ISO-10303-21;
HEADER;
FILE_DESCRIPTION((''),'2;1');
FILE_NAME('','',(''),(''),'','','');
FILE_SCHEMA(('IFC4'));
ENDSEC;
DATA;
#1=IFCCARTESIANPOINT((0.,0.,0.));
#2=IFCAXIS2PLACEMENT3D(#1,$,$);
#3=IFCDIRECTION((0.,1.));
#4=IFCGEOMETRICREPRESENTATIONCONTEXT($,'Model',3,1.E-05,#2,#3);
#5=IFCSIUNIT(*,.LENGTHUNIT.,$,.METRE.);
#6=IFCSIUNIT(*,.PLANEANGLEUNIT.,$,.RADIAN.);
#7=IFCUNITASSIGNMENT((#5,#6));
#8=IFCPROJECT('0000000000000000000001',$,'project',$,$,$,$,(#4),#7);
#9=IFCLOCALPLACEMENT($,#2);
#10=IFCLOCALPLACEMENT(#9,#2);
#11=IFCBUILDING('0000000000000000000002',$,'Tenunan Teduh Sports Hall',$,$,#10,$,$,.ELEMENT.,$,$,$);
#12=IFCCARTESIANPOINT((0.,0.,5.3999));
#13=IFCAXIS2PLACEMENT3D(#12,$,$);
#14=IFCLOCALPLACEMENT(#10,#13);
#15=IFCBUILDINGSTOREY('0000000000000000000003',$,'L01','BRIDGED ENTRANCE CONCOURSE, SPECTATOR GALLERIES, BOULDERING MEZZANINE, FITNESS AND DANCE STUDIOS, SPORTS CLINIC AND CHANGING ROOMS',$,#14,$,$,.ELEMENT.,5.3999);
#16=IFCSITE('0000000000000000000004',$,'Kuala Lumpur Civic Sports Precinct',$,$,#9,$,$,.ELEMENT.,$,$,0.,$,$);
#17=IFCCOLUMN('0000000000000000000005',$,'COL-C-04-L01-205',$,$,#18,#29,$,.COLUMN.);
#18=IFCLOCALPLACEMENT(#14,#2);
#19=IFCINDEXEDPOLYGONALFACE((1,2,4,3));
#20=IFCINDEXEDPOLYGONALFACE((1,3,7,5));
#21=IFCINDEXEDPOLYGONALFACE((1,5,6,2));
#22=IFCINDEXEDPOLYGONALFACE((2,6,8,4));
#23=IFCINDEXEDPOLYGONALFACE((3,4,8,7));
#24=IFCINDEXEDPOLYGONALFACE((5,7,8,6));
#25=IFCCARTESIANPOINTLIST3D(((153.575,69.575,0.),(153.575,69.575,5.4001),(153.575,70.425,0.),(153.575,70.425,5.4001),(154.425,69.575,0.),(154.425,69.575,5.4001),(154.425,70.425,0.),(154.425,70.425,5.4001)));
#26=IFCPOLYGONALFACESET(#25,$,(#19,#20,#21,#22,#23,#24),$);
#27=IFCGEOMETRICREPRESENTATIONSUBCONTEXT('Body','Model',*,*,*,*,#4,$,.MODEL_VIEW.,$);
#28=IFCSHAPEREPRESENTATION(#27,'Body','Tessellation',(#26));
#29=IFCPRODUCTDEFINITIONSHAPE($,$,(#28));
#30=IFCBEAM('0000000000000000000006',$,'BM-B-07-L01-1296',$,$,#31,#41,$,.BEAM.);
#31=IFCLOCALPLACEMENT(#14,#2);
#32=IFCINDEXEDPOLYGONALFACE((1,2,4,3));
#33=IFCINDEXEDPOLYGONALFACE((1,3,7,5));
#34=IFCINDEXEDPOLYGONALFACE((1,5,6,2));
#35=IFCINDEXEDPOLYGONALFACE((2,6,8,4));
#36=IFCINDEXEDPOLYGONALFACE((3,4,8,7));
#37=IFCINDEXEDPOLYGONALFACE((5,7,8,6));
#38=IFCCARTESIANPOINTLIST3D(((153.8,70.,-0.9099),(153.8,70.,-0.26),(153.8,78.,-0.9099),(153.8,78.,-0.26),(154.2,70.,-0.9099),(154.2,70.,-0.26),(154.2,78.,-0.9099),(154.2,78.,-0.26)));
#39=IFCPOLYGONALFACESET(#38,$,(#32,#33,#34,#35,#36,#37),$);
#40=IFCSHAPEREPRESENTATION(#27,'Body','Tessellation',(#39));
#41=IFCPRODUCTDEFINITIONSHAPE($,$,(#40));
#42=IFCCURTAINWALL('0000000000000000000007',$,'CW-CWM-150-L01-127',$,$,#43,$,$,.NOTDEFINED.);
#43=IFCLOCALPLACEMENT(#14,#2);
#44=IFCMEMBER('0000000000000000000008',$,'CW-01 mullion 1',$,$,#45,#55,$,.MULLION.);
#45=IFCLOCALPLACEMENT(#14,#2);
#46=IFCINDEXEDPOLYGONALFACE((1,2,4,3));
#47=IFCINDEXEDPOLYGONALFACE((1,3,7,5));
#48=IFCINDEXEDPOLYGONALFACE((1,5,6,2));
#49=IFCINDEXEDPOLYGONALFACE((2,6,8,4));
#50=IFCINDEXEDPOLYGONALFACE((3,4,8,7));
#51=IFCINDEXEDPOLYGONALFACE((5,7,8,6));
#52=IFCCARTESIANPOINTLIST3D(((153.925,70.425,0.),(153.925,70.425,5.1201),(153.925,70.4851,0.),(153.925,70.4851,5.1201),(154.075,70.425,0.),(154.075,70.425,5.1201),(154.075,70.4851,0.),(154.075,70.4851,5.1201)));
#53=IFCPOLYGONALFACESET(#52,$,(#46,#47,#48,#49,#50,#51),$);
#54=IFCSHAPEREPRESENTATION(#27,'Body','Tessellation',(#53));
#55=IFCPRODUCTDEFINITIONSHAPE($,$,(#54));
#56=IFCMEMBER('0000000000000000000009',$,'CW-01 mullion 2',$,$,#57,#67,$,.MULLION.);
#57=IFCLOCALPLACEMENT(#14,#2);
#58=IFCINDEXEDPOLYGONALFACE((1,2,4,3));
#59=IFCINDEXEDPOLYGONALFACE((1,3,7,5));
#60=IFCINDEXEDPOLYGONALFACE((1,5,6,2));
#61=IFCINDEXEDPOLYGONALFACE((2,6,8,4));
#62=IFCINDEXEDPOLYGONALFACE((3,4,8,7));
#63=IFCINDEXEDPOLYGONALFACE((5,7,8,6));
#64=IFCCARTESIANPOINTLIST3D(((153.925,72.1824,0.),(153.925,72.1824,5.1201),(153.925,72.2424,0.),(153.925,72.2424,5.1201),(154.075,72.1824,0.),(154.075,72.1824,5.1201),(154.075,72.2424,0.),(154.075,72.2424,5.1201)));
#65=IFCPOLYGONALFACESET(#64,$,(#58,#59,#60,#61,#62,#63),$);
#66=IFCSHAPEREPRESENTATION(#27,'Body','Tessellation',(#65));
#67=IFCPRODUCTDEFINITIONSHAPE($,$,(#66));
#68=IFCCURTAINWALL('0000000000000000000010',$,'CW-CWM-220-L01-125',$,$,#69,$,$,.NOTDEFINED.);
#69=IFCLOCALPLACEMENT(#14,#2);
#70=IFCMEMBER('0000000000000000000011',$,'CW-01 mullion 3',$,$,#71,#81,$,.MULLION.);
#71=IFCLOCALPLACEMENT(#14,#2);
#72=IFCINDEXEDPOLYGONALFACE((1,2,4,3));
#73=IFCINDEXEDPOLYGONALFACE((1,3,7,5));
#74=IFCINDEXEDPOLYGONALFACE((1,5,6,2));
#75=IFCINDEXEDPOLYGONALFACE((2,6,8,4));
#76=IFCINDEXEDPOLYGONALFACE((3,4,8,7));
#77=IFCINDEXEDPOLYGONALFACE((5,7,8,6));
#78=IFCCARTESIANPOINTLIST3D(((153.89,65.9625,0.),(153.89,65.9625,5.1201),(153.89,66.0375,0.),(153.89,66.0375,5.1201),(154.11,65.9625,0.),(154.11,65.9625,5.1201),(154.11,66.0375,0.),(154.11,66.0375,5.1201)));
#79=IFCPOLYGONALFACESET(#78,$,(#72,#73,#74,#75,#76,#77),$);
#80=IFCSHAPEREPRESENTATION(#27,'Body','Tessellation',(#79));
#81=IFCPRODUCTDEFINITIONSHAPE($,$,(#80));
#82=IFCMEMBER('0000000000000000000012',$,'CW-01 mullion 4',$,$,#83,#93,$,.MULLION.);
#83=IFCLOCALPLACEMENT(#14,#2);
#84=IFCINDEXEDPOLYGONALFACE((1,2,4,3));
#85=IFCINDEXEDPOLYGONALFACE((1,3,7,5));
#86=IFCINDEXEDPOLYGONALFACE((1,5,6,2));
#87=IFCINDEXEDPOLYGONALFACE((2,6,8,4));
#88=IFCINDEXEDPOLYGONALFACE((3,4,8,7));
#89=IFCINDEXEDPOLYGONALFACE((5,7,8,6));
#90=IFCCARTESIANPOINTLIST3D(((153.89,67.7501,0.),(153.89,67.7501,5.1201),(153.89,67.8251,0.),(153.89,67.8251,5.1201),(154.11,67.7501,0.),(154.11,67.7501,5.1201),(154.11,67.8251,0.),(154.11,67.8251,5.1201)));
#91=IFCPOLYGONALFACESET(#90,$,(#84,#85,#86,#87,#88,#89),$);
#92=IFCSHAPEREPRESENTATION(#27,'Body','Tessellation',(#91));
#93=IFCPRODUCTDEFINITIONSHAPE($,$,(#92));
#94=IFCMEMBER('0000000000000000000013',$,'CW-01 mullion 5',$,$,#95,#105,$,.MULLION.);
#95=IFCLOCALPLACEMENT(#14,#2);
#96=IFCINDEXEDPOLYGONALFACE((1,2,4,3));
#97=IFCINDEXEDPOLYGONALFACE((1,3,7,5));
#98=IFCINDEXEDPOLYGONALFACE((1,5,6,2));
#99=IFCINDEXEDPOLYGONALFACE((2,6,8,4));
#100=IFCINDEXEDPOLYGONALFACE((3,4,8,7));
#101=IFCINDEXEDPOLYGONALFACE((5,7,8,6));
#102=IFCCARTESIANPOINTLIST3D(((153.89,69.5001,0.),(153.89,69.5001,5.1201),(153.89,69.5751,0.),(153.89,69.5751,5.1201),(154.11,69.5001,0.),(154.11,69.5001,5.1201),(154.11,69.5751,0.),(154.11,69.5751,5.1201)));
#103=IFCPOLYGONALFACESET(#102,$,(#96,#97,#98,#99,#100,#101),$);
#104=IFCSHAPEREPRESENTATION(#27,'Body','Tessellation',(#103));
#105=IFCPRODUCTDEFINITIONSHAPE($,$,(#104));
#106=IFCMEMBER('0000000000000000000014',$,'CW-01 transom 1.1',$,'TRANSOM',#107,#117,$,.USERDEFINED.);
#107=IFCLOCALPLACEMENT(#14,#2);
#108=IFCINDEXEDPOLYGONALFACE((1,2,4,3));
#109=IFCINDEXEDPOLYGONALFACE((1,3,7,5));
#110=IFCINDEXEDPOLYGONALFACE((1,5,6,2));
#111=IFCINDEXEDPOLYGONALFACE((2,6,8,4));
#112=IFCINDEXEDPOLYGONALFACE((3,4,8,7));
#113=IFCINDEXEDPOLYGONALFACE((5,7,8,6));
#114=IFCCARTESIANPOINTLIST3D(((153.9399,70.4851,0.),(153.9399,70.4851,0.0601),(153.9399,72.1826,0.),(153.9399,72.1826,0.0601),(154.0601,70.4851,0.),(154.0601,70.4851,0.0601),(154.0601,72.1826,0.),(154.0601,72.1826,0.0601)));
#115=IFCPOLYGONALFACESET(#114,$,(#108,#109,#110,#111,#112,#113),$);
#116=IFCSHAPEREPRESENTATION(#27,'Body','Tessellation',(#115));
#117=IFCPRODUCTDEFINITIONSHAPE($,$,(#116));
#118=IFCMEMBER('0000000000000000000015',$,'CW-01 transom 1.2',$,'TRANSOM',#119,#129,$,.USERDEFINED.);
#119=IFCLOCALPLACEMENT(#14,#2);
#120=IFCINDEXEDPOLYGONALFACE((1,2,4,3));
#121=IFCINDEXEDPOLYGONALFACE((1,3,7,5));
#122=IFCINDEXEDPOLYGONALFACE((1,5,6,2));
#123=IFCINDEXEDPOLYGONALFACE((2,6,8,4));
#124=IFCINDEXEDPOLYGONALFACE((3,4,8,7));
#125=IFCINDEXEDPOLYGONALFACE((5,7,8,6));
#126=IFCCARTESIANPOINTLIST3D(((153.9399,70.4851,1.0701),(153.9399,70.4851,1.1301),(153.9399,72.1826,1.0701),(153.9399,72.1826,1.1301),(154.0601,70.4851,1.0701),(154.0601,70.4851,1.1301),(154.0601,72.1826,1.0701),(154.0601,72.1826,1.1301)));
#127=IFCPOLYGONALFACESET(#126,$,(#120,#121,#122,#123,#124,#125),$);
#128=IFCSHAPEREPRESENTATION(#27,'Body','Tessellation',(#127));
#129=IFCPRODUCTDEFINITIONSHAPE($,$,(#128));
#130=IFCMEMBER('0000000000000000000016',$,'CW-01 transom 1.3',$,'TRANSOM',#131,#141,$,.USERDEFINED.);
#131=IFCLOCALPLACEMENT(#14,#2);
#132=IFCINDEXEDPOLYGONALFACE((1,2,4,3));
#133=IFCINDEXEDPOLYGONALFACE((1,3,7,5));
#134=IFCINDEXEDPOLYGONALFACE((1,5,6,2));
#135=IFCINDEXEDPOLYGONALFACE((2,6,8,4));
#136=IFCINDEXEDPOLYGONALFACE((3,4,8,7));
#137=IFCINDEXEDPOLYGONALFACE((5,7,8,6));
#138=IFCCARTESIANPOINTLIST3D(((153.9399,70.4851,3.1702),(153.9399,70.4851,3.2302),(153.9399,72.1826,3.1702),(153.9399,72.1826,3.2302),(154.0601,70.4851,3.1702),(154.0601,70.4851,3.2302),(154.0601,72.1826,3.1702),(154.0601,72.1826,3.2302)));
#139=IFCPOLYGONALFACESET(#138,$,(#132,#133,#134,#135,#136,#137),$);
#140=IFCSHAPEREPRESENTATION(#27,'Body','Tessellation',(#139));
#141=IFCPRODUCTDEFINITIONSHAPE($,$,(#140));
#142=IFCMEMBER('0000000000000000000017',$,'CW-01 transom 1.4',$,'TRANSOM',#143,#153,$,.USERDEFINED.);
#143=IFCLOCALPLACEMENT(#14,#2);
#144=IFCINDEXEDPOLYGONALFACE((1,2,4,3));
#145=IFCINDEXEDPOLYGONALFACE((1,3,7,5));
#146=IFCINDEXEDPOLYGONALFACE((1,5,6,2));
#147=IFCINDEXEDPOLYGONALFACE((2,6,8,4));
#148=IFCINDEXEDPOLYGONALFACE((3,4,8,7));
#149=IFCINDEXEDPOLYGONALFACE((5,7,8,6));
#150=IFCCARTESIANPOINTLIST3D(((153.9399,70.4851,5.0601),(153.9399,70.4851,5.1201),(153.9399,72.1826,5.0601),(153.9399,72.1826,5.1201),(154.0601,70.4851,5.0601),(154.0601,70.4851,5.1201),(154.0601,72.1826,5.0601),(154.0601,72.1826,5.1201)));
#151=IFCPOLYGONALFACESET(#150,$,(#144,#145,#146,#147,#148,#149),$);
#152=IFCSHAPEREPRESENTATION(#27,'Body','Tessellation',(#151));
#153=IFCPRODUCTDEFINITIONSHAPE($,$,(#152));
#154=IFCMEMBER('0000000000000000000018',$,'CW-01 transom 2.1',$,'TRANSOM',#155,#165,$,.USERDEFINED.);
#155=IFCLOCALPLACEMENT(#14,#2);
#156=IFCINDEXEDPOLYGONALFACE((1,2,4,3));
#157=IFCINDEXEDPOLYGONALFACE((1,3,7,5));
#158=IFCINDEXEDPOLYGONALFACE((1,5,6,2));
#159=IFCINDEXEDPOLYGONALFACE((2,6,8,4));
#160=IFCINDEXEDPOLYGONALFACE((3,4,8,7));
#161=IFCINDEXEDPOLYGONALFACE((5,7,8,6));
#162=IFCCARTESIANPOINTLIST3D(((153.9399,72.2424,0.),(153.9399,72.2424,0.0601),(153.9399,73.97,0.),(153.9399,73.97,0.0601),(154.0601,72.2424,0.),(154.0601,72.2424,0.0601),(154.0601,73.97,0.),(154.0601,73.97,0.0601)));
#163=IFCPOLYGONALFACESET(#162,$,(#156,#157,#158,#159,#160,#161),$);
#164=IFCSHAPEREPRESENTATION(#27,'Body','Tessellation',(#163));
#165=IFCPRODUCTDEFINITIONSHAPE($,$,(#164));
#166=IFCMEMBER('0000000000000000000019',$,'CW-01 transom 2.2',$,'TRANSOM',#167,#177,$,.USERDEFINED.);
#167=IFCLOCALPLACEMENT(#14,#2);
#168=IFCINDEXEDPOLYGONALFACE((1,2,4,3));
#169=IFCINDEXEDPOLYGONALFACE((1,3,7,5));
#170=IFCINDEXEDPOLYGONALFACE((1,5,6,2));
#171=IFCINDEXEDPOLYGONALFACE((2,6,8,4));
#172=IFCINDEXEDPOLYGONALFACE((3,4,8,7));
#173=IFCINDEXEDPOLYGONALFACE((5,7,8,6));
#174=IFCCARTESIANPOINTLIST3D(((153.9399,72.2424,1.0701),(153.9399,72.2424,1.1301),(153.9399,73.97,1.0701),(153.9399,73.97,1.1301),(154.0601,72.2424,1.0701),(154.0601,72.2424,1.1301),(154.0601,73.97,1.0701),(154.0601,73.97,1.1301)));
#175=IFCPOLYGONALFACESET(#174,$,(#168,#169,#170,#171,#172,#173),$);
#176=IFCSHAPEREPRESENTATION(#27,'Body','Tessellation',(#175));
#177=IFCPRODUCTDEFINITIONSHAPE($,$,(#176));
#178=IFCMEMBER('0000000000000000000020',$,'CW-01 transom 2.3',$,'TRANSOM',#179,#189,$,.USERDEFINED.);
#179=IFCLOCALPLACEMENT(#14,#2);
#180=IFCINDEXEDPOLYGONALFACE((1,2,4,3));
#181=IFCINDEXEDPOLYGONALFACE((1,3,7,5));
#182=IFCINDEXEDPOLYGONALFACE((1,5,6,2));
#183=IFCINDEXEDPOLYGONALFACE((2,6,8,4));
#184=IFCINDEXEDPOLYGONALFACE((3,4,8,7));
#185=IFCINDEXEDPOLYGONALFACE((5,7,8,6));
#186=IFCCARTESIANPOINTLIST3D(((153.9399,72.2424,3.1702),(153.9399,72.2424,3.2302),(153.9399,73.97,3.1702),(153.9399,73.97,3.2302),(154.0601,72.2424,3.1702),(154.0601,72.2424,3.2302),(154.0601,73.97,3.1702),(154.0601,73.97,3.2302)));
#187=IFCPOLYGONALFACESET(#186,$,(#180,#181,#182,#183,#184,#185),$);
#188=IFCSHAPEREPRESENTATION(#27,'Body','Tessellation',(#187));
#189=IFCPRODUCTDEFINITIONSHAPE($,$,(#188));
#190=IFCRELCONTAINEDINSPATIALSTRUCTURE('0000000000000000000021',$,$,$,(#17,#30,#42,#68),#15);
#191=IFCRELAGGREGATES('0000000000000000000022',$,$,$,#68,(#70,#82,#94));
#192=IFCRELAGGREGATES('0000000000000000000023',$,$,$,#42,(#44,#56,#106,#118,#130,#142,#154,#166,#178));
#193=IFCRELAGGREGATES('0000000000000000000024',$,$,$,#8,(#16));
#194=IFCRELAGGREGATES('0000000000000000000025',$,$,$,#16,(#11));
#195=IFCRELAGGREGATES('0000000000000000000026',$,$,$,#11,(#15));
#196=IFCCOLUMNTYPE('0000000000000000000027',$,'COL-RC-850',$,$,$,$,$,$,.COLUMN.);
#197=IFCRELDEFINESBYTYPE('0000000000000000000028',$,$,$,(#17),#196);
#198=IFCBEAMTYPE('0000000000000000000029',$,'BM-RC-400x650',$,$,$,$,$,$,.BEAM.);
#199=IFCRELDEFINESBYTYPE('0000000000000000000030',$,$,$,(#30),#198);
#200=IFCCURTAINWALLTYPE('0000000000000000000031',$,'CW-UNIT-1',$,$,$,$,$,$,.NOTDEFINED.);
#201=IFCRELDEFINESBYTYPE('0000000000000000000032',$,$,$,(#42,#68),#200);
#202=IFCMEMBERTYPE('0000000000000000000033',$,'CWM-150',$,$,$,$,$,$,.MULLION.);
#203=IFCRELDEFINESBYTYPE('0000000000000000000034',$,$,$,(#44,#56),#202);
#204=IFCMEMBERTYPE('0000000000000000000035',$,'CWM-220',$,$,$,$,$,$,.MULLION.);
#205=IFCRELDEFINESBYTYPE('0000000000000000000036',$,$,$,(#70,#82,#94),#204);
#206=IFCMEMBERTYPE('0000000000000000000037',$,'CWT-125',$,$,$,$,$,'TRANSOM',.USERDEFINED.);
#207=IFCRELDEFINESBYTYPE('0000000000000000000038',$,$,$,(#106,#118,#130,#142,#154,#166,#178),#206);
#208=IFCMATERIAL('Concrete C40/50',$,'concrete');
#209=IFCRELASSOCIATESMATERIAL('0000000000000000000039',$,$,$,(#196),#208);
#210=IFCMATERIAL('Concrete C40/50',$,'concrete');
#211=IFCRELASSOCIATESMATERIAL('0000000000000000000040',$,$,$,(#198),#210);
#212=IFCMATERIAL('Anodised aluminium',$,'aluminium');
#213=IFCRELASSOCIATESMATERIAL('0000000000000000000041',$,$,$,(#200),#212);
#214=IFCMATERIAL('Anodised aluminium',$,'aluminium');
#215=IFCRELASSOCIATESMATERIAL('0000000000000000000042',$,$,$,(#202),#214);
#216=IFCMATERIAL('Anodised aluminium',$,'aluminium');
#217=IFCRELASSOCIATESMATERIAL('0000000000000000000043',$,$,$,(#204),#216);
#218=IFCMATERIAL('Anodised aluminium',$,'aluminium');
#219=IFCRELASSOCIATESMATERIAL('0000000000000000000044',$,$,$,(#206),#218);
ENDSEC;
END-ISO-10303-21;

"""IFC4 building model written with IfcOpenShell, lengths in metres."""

from ifc_helpers import new_model, si_unit, direction, frame, origin, origin_2d, place, context, subcontext, project, spatial, rectangle, extrude, material, material_profile, profile_set, type_object, element, aggregate, save


model = new_model("IFC4")

# Units and contexts
model_context = context("Model", 3, precision=1e-05, world=origin(), true_north=direction((0.0, 1.0)))
body_context = subcontext(model_context, "Body", "Model", "MODEL_VIEW")
ifc_project = project(units=[si_unit("LENGTHUNIT", "METRE"), si_unit("PLANEANGLEUNIT", "RADIAN")], contexts=[model_context])

# Site, building, storey
site_placement = place(None, origin())
site = spatial("IfcSite", under=ifc_project, at=site_placement, Name="Kuala Lumpur Civic Sports Precinct", CompositionType="ELEMENT", RefElevation=0.0)
building_placement = place(site_placement, origin())
building = spatial("IfcBuilding", under=site, at=building_placement, Name="Tenunan Teduh Sports Hall", CompositionType="ELEMENT")
storey_placement = place(building_placement, frame((0.0, 0.0, 5.3999)))
storey = spatial("IfcBuildingStorey", under=building, at=storey_placement, Name="L01", Description="BRIDGED ENTRANCE CONCOURSE, SPECTATOR GALLERIES, BOULDERING MEZZANINE, FITNESS AND DANCE STUDIOS, SPORTS CLINIC AND CHANGING ROOMS", CompositionType="ELEMENT", Elevation=5.3999)

# Column
ifc_material_1 = material(Name="Concrete C40/50", Category="concrete")
ifc_material_profile_1 = material_profile(ifc_material_1, rectangle(XDim=0.8501, YDim=0.8501, at=origin_2d()), Name="RC 850x850")
ifc_profile_set_1 = profile_set([ifc_material_profile_1], Name="Concrete C40/50")
column_type = type_object("IfcColumnType", Name="COL-RC-850", PredefinedType="COLUMN", material=ifc_profile_set_1)
column_placement = place(storey_placement, frame((154.0, 70.0, 0.0), z_axis=(0.0, 0.0, 1.0), x_axis=(1.0, 0.0, 0.0)))
element("IfcColumn", 1, at=column_placement, inside=storey, type_object=column_type, Name="COL-C-04-L01-205", PredefinedType="COLUMN", context=body_context, shape_type="SweptSolid", body=[
    extrude(rectangle(XDim=0.8501, YDim=0.8501, at=origin_2d()), origin(), (0.0, 0.0, 1.0), 5.4001),
])

# Beam
ifc_material_2 = material(Name="Concrete C40/50", Category="concrete")
ifc_material_profile_2 = material_profile(ifc_material_2, rectangle(XDim=0.3999, YDim=0.6499, at=origin_2d()), Name="RCB 400x650")
ifc_profile_set_2 = profile_set([ifc_material_profile_2], Name="Concrete C40/50")
beam_type = type_object("IfcBeamType", Name="BM-RC-400x650", PredefinedType="BEAM", material=ifc_profile_set_2)
beam_placement = place(storey_placement, frame((154.0, 70.0, -0.585), z_axis=(0.0, 1.0, 0.0), x_axis=(-1.0, 0.0, 0.0)))
element("IfcBeam", 2, at=beam_placement, inside=storey, type_object=beam_type, Name="BM-B-07-L01-1296", PredefinedType="BEAM", context=body_context, shape_type="SweptSolid", body=[
    extrude(rectangle(XDim=0.3999, YDim=0.6499, at=origin_2d()), origin(), (0.0, 0.0, 1.0), 8.0),
])

# Curtain walls, members
ifc_material_3 = material(Name="Anodised aluminium", Category="aluminium")
curtain_wall_type = type_object("IfcCurtainWallType", Name="CW-UNIT-1", PredefinedType="NOTDEFINED", material=ifc_material_3)
curtain_wall_1_placement = place(storey_placement, origin())
curtain_wall_1 = element("IfcCurtainWall", 3, at=curtain_wall_1_placement, inside=storey, type_object=curtain_wall_type, Name="CW-CWM-150-L01-127", PredefinedType="NOTDEFINED")
ifc_material_4 = material(Name="Anodised aluminium", Category="aluminium")
ifc_material_profile_3 = material_profile(ifc_material_4, rectangle(XDim=0.0601, YDim=0.1499, at=origin_2d()), Name="CWM 60x150")
ifc_profile_set_3 = profile_set([ifc_material_profile_3], Name="Anodised aluminium")
member_type_1 = type_object("IfcMemberType", Name="CWM-150", PredefinedType="MULLION", material=ifc_profile_set_3)
member_1_placement = place(storey_placement, frame((154.0, 70.4551, 0.0), z_axis=(0.0, 0.0, 1.0), x_axis=(0.0, 1.0, 0.0)))
member_1 = element("IfcMember", 4, at=member_1_placement, type_object=member_type_1, Name="CW-01 mullion 1", PredefinedType="MULLION", context=body_context, shape_type="SweptSolid", body=[
    extrude(rectangle(XDim=0.0601, YDim=0.1499, at=origin_2d()), origin(), (0.0, 0.0, 1.0), 5.1201),
])
member_2_placement = place(storey_placement, frame((154.0, 72.2124, 0.0), z_axis=(0.0, 0.0, 1.0), x_axis=(0.0, 1.0, 0.0)))
member_2 = element("IfcMember", 5, at=member_2_placement, type_object=member_type_1, Name="CW-01 mullion 2", PredefinedType="MULLION", context=body_context, shape_type="SweptSolid", body=[
    extrude(rectangle(XDim=0.0601, YDim=0.1499, at=origin_2d()), origin(), (0.0, 0.0, 1.0), 5.1201),
])
curtain_wall_2_placement = place(storey_placement, origin())
curtain_wall_2 = element("IfcCurtainWall", 6, at=curtain_wall_2_placement, inside=storey, type_object=curtain_wall_type, Name="CW-CWM-220-L01-125", PredefinedType="NOTDEFINED")
ifc_material_5 = material(Name="Anodised aluminium", Category="aluminium")
ifc_material_profile_4 = material_profile(ifc_material_5, rectangle(XDim=0.075, YDim=0.22, at=origin_2d()), Name="CWM 75x220")
ifc_profile_set_4 = profile_set([ifc_material_profile_4], Name="Anodised aluminium")
member_type_2 = type_object("IfcMemberType", Name="CWM-220", PredefinedType="MULLION", material=ifc_profile_set_4)
member_3_placement = place(storey_placement, frame((154.0, 66.0, 0.0), z_axis=(0.0, 0.0, 1.0), x_axis=(0.0, 1.0, 0.0)))
member_3 = element("IfcMember", 7, at=member_3_placement, type_object=member_type_2, Name="CW-01 mullion 3", PredefinedType="MULLION", context=body_context, shape_type="SweptSolid", body=[
    extrude(rectangle(XDim=0.075, YDim=0.22, at=origin_2d()), origin(), (0.0, 0.0, 1.0), 5.1201),
])
member_4_placement = place(storey_placement, frame((154.0, 67.7876, 0.0), z_axis=(0.0, 0.0, 1.0), x_axis=(0.0, 1.0, 0.0)))
member_4 = element("IfcMember", 8, at=member_4_placement, type_object=member_type_2, Name="CW-01 mullion 4", PredefinedType="MULLION", context=body_context, shape_type="SweptSolid", body=[
    extrude(rectangle(XDim=0.075, YDim=0.22, at=origin_2d()), origin(), (0.0, 0.0, 1.0), 5.1201),
])
member_5_placement = place(storey_placement, frame((154.0, 69.5376, 0.0), z_axis=(0.0, 0.0, 1.0), x_axis=(0.0, 1.0, 0.0)))
member_5 = element("IfcMember", 9, at=member_5_placement, type_object=member_type_2, Name="CW-01 mullion 5", PredefinedType="MULLION", context=body_context, shape_type="SweptSolid", body=[
    extrude(rectangle(XDim=0.075, YDim=0.22, at=origin_2d()), origin(), (0.0, 0.0, 1.0), 5.1201),
])

# Members
ifc_material_6 = material(Name="Anodised aluminium", Category="aluminium")
ifc_material_profile_5 = material_profile(ifc_material_6, rectangle(XDim=0.0601, YDim=0.1201, at=origin_2d()), Name="CWT 60x120")
ifc_profile_set_5 = profile_set([ifc_material_profile_5], Name="Anodised aluminium")
member_type_3 = type_object("IfcMemberType", Name="CWT-125", ElementType="TRANSOM", PredefinedType="USERDEFINED", material=ifc_profile_set_5)
member_6_placement = place(storey_placement, frame((154.0, 70.4851, 0.03), z_axis=(0.0, 1.0, 0.0), x_axis=(0.0, 0.0, 1.0)))
member_6 = element("IfcMember", 10, at=member_6_placement, type_object=member_type_3, Name="CW-01 transom 1.1", ObjectType="TRANSOM", PredefinedType="USERDEFINED", context=body_context, shape_type="SweptSolid", body=[
    extrude(rectangle(XDim=0.0601, YDim=0.1201, at=origin_2d()), origin(), (0.0, 0.0, 1.0), 1.6975),
])
member_7_placement = place(storey_placement, frame((154.0, 70.4851, 1.1001), z_axis=(0.0, 1.0, 0.0), x_axis=(0.0, 0.0, 1.0)))
member_7 = element("IfcMember", 11, at=member_7_placement, type_object=member_type_3, Name="CW-01 transom 1.2", ObjectType="TRANSOM", PredefinedType="USERDEFINED", context=body_context, shape_type="SweptSolid", body=[
    extrude(rectangle(XDim=0.0601, YDim=0.1201, at=origin_2d()), origin(), (0.0, 0.0, 1.0), 1.6975),
])
member_8_placement = place(storey_placement, frame((154.0, 70.4851, 3.2002), z_axis=(0.0, 1.0, 0.0), x_axis=(0.0, 0.0, 1.0)))
member_8 = element("IfcMember", 12, at=member_8_placement, type_object=member_type_3, Name="CW-01 transom 1.3", ObjectType="TRANSOM", PredefinedType="USERDEFINED", context=body_context, shape_type="SweptSolid", body=[
    extrude(rectangle(XDim=0.0601, YDim=0.1201, at=origin_2d()), origin(), (0.0, 0.0, 1.0), 1.6975),
])
member_9_placement = place(storey_placement, frame((154.0, 70.4851, 5.0901), z_axis=(0.0, 1.0, 0.0), x_axis=(0.0, 0.0, 1.0)))
member_9 = element("IfcMember", 13, at=member_9_placement, type_object=member_type_3, Name="CW-01 transom 1.4", ObjectType="TRANSOM", PredefinedType="USERDEFINED", context=body_context, shape_type="SweptSolid", body=[
    extrude(rectangle(XDim=0.0601, YDim=0.1201, at=origin_2d()), origin(), (0.0, 0.0, 1.0), 1.6975),
])
member_10_placement = place(storey_placement, frame((154.0, 72.2424, 0.03), z_axis=(0.0, 1.0, 0.0), x_axis=(0.0, 0.0, 1.0)))
member_10 = element("IfcMember", 14, at=member_10_placement, type_object=member_type_3, Name="CW-01 transom 2.1", ObjectType="TRANSOM", PredefinedType="USERDEFINED", context=body_context, shape_type="SweptSolid", body=[
    extrude(rectangle(XDim=0.0601, YDim=0.1201, at=origin_2d()), origin(), (0.0, 0.0, 1.0), 1.7275),
])
member_11_placement = place(storey_placement, frame((154.0, 72.2424, 1.1001), z_axis=(0.0, 1.0, 0.0), x_axis=(0.0, 0.0, 1.0)))
member_11 = element("IfcMember", 15, at=member_11_placement, type_object=member_type_3, Name="CW-01 transom 2.2", ObjectType="TRANSOM", PredefinedType="USERDEFINED", context=body_context, shape_type="SweptSolid", body=[
    extrude(rectangle(XDim=0.0601, YDim=0.1201, at=origin_2d()), origin(), (0.0, 0.0, 1.0), 1.7275),
])
member_12_placement = place(storey_placement, frame((154.0, 72.2424, 3.2002), z_axis=(0.0, 1.0, 0.0), x_axis=(0.0, 0.0, 1.0)))
member_12 = element("IfcMember", 16, at=member_12_placement, type_object=member_type_3, Name="CW-01 transom 2.3", ObjectType="TRANSOM", PredefinedType="USERDEFINED", context=body_context, shape_type="SweptSolid", body=[
    extrude(rectangle(XDim=0.0601, YDim=0.1201, at=origin_2d()), origin(), (0.0, 0.0, 1.0), 1.7275),
])

aggregate(curtain_wall_2, [member_3, member_4, member_5])
aggregate(curtain_wall_1, [member_1, member_2, member_6, member_7, member_8, member_9, member_10, member_11, member_12])

save(model, "model.ifc")
